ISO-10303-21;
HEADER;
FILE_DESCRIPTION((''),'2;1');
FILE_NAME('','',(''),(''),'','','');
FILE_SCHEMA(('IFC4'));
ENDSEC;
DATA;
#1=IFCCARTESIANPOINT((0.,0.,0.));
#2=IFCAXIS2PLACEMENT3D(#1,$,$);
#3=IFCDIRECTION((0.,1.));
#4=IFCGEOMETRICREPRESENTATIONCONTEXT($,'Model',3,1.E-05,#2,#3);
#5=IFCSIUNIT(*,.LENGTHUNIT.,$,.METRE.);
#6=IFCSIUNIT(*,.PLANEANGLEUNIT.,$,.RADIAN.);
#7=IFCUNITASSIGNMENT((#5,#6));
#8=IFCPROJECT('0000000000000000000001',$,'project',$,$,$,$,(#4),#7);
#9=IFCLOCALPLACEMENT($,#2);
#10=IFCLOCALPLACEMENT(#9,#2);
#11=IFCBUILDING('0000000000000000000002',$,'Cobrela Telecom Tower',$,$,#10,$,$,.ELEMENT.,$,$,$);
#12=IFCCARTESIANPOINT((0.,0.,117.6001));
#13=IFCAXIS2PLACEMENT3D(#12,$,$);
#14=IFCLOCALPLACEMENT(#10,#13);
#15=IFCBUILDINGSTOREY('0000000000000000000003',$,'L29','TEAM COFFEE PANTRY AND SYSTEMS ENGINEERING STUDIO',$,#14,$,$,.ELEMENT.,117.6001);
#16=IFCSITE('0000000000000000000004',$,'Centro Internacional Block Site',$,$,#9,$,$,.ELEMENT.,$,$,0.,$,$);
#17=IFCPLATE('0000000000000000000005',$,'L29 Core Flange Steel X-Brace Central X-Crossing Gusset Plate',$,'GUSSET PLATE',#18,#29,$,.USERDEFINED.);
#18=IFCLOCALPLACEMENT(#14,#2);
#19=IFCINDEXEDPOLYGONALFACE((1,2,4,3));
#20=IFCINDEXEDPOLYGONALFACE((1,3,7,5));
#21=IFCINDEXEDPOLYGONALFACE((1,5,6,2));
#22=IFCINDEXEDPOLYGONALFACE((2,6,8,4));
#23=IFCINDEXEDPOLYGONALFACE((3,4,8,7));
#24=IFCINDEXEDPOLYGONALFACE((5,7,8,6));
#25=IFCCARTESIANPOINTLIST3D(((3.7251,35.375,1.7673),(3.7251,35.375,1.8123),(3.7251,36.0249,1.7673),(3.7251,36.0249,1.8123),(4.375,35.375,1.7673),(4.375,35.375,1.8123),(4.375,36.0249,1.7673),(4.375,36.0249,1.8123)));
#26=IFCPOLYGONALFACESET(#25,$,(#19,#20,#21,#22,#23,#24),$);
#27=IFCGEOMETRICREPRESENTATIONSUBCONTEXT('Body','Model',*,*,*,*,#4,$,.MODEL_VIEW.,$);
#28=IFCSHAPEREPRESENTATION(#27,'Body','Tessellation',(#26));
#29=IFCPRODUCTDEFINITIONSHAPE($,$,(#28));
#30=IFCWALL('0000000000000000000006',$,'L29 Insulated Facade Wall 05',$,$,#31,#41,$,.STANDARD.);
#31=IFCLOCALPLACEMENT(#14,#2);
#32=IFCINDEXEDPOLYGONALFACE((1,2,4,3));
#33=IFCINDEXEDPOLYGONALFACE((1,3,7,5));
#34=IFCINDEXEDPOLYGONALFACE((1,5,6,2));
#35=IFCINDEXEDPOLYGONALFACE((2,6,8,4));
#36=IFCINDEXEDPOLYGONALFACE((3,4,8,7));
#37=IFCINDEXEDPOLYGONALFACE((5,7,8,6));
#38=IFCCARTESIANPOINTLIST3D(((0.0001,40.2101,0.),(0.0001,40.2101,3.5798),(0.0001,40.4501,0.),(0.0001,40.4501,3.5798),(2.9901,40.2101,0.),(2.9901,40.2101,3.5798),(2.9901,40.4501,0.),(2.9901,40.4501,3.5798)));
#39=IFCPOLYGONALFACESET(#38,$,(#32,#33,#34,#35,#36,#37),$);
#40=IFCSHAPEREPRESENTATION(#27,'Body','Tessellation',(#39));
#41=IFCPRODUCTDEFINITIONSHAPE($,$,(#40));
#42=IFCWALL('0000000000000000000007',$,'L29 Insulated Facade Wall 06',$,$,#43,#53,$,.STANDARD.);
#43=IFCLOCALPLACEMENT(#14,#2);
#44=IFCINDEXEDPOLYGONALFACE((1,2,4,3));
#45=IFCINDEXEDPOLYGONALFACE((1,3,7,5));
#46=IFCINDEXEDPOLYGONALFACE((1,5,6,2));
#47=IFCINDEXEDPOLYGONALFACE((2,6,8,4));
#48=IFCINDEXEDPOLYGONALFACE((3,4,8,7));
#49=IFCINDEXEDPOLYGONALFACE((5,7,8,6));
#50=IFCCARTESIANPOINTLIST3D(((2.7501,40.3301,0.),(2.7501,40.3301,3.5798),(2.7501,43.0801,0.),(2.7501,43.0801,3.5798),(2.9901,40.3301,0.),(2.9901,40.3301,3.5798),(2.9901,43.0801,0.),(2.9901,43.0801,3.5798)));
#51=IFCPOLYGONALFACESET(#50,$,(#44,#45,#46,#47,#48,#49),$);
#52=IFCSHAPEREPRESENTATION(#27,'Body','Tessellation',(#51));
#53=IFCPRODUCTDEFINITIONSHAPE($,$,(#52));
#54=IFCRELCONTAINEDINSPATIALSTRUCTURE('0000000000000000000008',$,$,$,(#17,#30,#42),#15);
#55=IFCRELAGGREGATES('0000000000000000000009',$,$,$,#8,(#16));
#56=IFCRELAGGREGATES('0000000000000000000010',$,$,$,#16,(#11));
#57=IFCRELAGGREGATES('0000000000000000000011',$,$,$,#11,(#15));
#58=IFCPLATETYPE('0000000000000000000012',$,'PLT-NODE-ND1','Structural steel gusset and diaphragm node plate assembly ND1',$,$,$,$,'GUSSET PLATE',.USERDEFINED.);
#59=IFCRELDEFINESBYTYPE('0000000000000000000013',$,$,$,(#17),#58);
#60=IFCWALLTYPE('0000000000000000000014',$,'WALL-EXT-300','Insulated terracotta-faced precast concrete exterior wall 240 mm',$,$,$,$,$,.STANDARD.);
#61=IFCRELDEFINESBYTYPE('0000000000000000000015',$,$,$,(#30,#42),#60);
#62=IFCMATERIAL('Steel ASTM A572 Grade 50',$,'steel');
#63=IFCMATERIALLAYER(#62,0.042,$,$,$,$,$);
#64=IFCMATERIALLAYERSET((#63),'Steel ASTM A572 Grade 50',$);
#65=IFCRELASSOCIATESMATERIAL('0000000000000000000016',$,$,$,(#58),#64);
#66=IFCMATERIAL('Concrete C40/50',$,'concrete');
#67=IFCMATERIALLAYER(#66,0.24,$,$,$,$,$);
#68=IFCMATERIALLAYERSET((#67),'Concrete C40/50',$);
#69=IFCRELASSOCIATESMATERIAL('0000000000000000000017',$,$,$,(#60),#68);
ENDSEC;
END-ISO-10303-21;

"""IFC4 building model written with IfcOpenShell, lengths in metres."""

from ifc_helpers import new_model, si_unit, direction, frame, frame_2d, origin, origin_2d, place, context, subcontext, project, spatial, rectangle, extrude, material, layer, layer_set, type_object, element, save


model = new_model("IFC4")

# Units and contexts
model_context = context("Model", 3, precision=1e-05, world=origin(), true_north=direction((0.0, 1.0)))
body_context = subcontext(model_context, "Body", "Model", "MODEL_VIEW")
ifc_project = project(units=[si_unit("LENGTHUNIT", "METRE"), si_unit("PLANEANGLEUNIT", "RADIAN")], contexts=[model_context])

# Site, building, storey
site_placement = place(None, origin())
site = spatial("IfcSite", under=ifc_project, at=site_placement, Name="Centro Internacional Block Site", CompositionType="ELEMENT", RefElevation=0.0)
building_placement = place(site_placement, origin())
building = spatial("IfcBuilding", under=site, at=building_placement, Name="Cobrela Telecom Tower", CompositionType="ELEMENT")
storey_placement = place(building_placement, frame((0.0, 0.0, 117.6001)))
storey = spatial("IfcBuildingStorey", under=building, at=storey_placement, Name="L29", Description="TEAM COFFEE PANTRY AND SYSTEMS ENGINEERING STUDIO", CompositionType="ELEMENT", Elevation=117.6001)

# Shared definitions
ifc_material_1 = material(Name="Steel ASTM A572 Grade 50", Category="steel")

# Plate
ifc_layer_1 = layer(ifc_material_1, 0.042)
ifc_layer_set_1 = layer_set([ifc_layer_1], Name="Steel ASTM A572 Grade 50")
plate_type_1 = type_object("IfcPlateType", Name="PLT-NODE-ND1", Description="Structural steel gusset and diaphragm node plate assembly ND1", ElementType="GUSSET PLATE", PredefinedType="USERDEFINED", material=ifc_layer_set_1)
plate_1_placement = place(storey_placement, frame((4.05, 35.7, 1.7673), z_axis=(0.0, 0.0, 1.0), x_axis=(1.0, 0.0, 0.0)))
element("IfcPlate", 1, at=plate_1_placement, inside=storey, type_object=plate_type_1, Name="L29 Core Flange Steel X-Brace Central X-Crossing Gusset Plate", ObjectType="GUSSET PLATE", PredefinedType="USERDEFINED", context=body_context, shape_type="SweptSolid", body=[
    extrude(rectangle(XDim=0.6499, YDim=0.6499, at=origin_2d()), origin(), (0.0, 0.0, 1.0), 0.0449),
])

# Walls
ifc_material_2 = material(Name="Concrete C40/50", Category="concrete")
ifc_layer_2 = layer(ifc_material_2, 0.24)
ifc_layer_set_2 = layer_set([ifc_layer_2], Name="Concrete C40/50")
wall_type_1 = type_object("IfcWallType", Name="WALL-EXT-300", Description="Insulated terracotta-faced precast concrete exterior wall 240 mm", PredefinedType="STANDARD", material=ifc_layer_set_2)
wall_1_placement = place(storey_placement, frame((0.0, 40.3301, 0.0), z_axis=(0.0, 0.0, 1.0), x_axis=(1.0, 0.0, 0.0)))
element("IfcWall", 2, at=wall_1_placement, inside=storey, type_object=wall_type_1, Name="L29 Insulated Facade Wall 05", PredefinedType="STANDARD", context=body_context, shape_type="SweptSolid", body=[
    extrude(rectangle(XDim=2.99, YDim=0.24, at=frame_2d((1.4951, 0.0))), origin(), (0.0, 0.0, 1.0), 3.5798),
])
wall_2_placement = place(storey_placement, frame((2.8701, 40.3301, 0.0), z_axis=(0.0, 0.0, 1.0), x_axis=(0.0, 1.0, 0.0)))
element("IfcWall", 3, at=wall_2_placement, inside=storey, type_object=wall_type_1, Name="L29 Insulated Facade Wall 06", PredefinedType="STANDARD", context=body_context, shape_type="SweptSolid", body=[
    extrude(rectangle(XDim=2.75, YDim=0.24, at=frame_2d((1.375, 0.0))), origin(), (0.0, 0.0, 1.0), 3.5798),
])

save(model, "model.ifc")
